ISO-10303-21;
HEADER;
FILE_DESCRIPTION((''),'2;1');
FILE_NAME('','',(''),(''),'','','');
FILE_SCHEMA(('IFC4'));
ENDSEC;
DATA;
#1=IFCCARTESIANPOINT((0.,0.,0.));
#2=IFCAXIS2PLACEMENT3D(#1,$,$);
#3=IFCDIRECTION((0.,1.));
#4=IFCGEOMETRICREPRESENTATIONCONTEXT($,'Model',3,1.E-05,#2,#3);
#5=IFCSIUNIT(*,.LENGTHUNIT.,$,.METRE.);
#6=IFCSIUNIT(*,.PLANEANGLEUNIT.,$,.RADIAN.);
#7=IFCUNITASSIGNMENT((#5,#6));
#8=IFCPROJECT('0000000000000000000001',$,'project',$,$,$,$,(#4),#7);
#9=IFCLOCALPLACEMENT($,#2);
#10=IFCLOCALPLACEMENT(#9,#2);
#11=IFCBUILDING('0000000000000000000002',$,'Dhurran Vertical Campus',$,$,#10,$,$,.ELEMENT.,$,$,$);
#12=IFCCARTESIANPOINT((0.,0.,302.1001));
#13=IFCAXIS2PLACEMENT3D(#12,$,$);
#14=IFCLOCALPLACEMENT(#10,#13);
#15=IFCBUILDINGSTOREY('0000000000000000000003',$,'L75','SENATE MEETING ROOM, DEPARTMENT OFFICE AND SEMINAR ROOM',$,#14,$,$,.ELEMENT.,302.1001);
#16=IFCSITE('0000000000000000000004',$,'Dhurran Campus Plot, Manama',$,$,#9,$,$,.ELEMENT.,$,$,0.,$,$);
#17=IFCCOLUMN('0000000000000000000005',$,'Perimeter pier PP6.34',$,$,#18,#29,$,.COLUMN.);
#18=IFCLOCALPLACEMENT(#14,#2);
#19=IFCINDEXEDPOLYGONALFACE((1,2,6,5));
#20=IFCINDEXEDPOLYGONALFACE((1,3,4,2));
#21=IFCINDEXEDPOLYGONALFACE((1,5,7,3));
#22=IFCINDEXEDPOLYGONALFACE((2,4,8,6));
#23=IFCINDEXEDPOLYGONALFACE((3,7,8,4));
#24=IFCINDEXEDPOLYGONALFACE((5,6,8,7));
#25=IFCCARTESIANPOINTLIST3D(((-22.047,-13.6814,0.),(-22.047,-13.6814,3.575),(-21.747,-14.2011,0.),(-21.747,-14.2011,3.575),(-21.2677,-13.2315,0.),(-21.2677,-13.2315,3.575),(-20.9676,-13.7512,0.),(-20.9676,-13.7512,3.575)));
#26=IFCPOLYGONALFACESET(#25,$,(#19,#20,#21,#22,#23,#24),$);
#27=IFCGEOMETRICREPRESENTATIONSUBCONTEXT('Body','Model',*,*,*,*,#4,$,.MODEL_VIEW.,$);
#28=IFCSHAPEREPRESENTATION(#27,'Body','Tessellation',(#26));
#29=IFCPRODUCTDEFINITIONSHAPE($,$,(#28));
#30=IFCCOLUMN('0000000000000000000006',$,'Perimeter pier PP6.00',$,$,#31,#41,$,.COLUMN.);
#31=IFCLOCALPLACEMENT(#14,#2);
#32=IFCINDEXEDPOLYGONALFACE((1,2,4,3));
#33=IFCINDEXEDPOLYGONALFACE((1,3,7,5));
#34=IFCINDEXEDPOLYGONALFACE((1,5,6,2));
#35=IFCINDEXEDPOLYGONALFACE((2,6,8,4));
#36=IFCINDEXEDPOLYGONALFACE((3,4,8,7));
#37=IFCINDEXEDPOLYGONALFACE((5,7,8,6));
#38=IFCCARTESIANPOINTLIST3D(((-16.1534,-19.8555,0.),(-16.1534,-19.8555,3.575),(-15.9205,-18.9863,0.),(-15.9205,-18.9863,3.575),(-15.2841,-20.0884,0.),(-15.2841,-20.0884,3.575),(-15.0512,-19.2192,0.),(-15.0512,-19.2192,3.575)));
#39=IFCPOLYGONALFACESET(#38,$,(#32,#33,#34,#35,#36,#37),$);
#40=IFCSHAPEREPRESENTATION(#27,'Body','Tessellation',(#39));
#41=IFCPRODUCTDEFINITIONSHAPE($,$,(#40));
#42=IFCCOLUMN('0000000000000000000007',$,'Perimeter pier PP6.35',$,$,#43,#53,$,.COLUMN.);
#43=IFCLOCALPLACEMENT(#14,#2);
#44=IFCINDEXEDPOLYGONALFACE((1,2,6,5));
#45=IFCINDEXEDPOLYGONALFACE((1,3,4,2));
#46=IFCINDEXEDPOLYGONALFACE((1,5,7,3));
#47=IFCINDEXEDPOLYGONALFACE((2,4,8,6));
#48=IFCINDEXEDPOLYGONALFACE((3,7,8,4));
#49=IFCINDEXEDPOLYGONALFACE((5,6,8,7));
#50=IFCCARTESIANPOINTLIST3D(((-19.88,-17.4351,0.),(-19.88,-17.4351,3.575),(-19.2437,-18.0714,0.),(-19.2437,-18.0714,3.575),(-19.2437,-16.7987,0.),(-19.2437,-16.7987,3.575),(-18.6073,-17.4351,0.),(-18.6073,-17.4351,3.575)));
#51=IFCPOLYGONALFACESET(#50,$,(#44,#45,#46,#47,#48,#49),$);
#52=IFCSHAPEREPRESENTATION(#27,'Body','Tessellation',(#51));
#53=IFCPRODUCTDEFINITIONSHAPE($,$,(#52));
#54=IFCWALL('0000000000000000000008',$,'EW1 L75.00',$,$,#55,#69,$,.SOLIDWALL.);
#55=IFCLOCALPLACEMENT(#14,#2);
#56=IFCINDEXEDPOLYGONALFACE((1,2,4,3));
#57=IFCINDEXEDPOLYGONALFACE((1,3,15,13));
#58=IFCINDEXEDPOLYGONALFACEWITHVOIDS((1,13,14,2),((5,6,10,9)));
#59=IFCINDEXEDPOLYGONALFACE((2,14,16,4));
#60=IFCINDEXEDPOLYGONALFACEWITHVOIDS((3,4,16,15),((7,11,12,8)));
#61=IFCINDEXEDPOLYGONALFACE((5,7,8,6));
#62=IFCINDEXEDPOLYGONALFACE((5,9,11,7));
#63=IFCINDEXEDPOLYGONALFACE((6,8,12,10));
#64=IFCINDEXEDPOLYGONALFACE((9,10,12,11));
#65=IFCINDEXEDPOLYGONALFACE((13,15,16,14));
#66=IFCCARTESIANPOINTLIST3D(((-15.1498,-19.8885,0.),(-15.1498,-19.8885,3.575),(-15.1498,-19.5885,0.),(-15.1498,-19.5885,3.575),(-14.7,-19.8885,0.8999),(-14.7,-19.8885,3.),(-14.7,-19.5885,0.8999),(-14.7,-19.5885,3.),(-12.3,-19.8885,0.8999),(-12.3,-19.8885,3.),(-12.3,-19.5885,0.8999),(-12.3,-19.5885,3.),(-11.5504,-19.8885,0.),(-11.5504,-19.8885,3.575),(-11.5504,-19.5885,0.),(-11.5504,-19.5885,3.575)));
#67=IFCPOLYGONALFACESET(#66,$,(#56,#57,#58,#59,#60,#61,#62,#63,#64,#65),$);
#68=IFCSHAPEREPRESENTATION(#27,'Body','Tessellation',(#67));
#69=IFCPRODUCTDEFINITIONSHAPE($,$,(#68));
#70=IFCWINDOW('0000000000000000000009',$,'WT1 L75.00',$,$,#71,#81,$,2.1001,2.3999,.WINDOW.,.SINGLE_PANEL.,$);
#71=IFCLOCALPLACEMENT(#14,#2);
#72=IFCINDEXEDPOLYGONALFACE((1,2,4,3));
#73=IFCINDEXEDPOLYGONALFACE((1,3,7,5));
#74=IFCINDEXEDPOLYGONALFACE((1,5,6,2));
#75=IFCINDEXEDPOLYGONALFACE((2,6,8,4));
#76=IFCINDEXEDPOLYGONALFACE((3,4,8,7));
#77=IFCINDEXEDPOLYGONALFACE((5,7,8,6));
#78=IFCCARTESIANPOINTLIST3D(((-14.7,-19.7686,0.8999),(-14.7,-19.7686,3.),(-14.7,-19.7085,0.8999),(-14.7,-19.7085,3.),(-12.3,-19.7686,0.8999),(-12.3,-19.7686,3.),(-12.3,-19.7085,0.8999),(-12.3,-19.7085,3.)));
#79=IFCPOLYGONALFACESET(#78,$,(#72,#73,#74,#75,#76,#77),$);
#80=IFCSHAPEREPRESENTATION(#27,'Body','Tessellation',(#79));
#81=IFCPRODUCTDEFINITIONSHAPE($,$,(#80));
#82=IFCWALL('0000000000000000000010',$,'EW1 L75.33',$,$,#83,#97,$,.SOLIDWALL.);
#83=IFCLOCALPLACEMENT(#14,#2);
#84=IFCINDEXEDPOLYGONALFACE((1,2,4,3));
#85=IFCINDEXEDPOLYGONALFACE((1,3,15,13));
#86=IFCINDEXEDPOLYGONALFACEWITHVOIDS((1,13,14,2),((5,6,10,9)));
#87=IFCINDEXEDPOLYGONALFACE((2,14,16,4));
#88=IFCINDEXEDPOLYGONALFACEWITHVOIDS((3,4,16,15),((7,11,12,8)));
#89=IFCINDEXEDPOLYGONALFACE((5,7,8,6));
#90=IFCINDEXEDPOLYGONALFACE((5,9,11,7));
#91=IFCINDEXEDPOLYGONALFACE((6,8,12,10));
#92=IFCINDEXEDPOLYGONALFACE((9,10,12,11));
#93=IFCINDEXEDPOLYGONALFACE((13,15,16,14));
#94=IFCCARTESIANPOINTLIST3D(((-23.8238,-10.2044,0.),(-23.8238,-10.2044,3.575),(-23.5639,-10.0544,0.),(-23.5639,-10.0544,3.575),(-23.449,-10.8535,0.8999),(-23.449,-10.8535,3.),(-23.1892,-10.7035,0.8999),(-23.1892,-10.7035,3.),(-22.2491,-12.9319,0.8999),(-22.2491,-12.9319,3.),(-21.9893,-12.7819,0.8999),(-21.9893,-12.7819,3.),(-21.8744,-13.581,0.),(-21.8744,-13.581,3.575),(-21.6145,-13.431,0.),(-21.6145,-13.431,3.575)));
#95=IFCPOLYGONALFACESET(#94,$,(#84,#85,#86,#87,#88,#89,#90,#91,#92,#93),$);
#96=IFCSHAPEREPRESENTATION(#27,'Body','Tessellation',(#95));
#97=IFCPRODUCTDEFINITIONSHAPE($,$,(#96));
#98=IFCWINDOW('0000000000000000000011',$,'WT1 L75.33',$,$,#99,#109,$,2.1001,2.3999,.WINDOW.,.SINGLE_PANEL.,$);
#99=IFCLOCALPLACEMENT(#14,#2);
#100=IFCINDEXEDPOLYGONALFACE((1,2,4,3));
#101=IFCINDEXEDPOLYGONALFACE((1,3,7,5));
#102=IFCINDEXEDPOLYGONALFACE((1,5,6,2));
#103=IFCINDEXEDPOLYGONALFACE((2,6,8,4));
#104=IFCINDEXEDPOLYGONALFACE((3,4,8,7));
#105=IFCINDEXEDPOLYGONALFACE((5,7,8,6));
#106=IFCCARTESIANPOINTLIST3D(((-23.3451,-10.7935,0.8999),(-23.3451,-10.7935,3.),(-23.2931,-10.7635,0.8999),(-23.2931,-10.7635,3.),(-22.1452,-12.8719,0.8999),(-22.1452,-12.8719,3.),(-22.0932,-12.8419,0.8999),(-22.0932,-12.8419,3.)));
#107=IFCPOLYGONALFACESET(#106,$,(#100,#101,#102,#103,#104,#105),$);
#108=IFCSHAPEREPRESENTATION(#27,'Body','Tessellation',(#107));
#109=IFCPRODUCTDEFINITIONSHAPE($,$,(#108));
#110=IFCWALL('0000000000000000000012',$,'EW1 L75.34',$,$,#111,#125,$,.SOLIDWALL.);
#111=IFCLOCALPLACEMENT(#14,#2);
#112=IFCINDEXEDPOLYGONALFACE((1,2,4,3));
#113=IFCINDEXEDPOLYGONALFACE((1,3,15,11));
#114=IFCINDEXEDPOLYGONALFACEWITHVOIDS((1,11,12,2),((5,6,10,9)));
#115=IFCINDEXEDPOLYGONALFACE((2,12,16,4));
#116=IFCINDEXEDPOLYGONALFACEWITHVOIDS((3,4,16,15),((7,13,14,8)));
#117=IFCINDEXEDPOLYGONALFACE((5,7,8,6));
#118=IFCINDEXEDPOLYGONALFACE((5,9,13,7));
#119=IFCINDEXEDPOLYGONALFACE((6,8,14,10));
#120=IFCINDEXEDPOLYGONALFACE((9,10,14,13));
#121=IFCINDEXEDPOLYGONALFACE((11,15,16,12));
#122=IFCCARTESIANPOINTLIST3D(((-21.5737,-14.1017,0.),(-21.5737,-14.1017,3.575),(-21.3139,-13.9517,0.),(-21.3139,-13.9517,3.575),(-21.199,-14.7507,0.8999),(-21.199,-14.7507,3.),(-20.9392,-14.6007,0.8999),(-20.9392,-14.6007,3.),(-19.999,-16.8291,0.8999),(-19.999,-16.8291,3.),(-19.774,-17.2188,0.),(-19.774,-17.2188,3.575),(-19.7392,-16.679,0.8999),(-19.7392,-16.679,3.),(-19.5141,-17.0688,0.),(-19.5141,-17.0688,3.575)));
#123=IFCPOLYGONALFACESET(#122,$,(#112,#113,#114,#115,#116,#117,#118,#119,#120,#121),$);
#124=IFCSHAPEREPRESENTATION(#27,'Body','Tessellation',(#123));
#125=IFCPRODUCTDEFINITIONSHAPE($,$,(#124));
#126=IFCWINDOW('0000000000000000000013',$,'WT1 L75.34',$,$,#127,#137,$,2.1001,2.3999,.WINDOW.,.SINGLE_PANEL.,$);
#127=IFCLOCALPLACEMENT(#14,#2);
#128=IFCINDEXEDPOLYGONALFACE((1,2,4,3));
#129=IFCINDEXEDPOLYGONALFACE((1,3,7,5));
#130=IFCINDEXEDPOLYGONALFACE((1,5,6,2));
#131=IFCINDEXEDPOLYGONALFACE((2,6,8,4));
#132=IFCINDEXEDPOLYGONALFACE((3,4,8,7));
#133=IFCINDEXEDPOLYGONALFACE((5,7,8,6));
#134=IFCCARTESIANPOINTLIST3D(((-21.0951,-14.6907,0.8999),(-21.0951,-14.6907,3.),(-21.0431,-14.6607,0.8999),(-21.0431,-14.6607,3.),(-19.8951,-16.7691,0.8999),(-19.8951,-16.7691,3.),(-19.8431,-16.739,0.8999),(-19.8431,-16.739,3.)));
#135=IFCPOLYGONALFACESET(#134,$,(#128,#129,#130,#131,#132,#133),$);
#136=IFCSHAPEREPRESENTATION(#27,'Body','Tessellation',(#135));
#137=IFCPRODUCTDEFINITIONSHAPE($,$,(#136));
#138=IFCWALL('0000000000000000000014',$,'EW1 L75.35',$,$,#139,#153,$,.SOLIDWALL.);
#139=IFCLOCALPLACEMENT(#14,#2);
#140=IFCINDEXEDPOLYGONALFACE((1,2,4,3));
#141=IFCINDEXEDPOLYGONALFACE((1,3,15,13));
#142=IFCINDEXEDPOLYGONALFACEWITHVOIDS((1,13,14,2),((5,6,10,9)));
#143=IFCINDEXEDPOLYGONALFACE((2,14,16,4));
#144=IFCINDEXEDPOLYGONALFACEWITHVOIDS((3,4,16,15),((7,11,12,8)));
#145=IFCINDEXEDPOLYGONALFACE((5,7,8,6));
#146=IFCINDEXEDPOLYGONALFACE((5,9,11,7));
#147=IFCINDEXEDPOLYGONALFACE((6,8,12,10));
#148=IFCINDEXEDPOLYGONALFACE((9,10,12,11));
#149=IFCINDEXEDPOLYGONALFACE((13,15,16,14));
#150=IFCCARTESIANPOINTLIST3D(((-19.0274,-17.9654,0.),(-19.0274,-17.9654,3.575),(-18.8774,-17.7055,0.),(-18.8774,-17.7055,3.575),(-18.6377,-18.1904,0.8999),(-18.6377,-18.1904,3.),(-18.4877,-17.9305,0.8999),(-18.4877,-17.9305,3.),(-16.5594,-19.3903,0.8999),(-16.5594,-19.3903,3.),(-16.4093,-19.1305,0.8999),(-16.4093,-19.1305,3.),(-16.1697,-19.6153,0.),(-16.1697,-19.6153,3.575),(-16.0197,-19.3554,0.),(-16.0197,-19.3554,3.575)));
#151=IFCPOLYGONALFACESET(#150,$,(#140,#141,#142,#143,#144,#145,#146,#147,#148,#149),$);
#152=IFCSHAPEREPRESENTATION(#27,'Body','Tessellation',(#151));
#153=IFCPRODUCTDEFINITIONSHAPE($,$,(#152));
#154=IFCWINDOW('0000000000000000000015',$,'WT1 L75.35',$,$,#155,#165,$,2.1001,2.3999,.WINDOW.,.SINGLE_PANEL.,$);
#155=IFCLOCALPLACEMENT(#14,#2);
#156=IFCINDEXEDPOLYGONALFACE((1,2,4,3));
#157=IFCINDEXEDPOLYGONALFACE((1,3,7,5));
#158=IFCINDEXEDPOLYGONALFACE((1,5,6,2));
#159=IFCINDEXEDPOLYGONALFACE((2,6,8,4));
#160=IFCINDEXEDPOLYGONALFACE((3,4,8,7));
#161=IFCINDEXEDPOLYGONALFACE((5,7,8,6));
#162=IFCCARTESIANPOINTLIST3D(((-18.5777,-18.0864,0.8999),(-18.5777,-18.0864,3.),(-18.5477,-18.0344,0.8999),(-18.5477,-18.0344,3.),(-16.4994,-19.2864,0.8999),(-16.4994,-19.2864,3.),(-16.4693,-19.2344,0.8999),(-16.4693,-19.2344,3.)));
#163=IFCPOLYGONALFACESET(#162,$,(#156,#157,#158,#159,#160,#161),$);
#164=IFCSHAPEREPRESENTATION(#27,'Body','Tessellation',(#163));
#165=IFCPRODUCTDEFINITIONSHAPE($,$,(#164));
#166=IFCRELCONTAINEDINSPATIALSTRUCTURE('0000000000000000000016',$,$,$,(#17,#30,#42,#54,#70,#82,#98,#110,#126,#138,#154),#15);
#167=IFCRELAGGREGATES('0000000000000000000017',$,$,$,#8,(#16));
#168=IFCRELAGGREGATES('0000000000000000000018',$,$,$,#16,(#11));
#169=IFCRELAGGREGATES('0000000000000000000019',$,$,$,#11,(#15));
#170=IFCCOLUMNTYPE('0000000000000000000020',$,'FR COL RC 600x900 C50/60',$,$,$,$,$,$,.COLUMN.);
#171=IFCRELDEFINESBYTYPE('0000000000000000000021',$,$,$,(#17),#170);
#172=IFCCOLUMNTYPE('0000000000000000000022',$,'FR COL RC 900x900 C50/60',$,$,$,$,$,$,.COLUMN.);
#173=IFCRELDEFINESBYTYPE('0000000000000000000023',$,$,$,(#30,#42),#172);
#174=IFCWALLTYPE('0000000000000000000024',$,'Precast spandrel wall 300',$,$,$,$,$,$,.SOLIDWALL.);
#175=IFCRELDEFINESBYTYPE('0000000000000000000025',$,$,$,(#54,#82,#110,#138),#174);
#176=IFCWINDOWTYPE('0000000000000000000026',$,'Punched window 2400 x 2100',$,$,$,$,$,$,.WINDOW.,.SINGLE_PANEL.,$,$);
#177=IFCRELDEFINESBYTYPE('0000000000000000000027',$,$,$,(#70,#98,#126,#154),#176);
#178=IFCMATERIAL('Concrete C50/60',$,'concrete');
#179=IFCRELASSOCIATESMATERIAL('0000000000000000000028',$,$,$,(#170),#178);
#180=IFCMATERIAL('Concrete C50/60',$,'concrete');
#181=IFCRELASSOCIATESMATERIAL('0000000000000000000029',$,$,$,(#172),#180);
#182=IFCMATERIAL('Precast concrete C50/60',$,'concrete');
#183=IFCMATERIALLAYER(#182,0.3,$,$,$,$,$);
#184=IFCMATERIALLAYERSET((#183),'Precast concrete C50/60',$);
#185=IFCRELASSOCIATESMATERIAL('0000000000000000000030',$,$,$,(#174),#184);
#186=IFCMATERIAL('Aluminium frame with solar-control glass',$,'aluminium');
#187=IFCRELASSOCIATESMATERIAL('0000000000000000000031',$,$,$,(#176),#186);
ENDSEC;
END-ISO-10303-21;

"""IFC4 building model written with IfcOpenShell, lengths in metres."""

from ifc_helpers import new_model, si_unit, direction, frame, frame_2d, origin, origin_2d, place, context, subcontext, project, spatial, rectangle, extrude, material, layer, layer_set, material_profile, profile_set, type_object, element, fill, save


model = new_model("IFC4")

# Units and contexts
model_context = context("Model", 3, precision=1e-05, world=origin(), true_north=direction((0.0, 1.0)))
body_context = subcontext(model_context, "Body", "Model", "MODEL_VIEW")
ifc_project = project(units=[si_unit("LENGTHUNIT", "METRE"), si_unit("PLANEANGLEUNIT", "RADIAN")], contexts=[model_context])

# Site, building, storey
site_placement = place(None, origin())
site = spatial("IfcSite", under=ifc_project, at=site_placement, Name="Dhurran Campus Plot, Manama", CompositionType="ELEMENT", RefElevation=0.0)
building_placement = place(site_placement, origin())
building = spatial("IfcBuilding", under=site, at=building_placement, Name="Dhurran Vertical Campus", CompositionType="ELEMENT")
storey_placement = place(building_placement, frame((0.0, 0.0, 302.1001)))
storey = spatial("IfcBuildingStorey", under=building, at=storey_placement, Name="L75", Description="SENATE MEETING ROOM, DEPARTMENT OFFICE AND SEMINAR ROOM", CompositionType="ELEMENT", Elevation=302.1001)

# Columns
ifc_material_1 = material(Name="Concrete C50/60", Category="concrete")
ifc_material_profile_1 = material_profile(ifc_material_1, rectangle(XDim=0.6001, YDim=0.8999, at=origin_2d()), Name="RC 600x900")
ifc_profile_set_1 = profile_set([ifc_material_profile_1], Name="Concrete C50/60")
column_type_1 = type_object("IfcColumnType", Name="FR COL RC 600x900 C50/60", PredefinedType="COLUMN", material=ifc_profile_set_1)
column_placement = place(storey_placement, frame((-21.5073, -13.7163, 0.0), z_axis=(0.0, 0.0, 1.0), x_axis=(0.5, -0.866025, 0.0)))
element("IfcColumn", 1, at=column_placement, inside=storey, type_object=column_type_1, Name="Perimeter pier PP6.34", PredefinedType="COLUMN", context=body_context, shape_type="SweptSolid", body=[
    extrude(rectangle(XDim=0.6001, YDim=0.8999, at=origin_2d()), origin(), (0.0, 0.0, 1.0), 3.575),
])
ifc_material_2 = material(Name="Concrete C50/60", Category="concrete")
ifc_material_profile_2 = material_profile(ifc_material_2, rectangle(XDim=0.8999, YDim=0.8999, at=origin_2d()), Name="RC 900x900")
ifc_profile_set_2 = profile_set([ifc_material_profile_2], Name="Concrete C50/60")
column_type_2 = type_object("IfcColumnType", Name="FR COL RC 900x900 C50/60", PredefinedType="COLUMN", material=ifc_profile_set_2)
for number, where, z_axis, x_axis, name in (
    (2, (-15.6023, -19.5374, 0.0), (0.0, 0.0, 1.0), (0.965926, -0.258819, 0.0), "Perimeter pier PP6.00"),
    (3, (-19.2437, -17.4351, 0.0), (0.0, 0.0, 1.0), (0.707107, -0.707107, 0.0), "Perimeter pier PP6.35"),
):
    element("IfcColumn", number, at=place(storey_placement, frame(where, z_axis=z_axis, x_axis=x_axis)), inside=storey, type_object=column_type_2, Name=name, PredefinedType="COLUMN", context=body_context, shape_type="SweptSolid", body=[
        extrude(rectangle(XDim=0.8999, YDim=0.8999, at=origin_2d()), origin(), (0.0, 0.0, 1.0), 3.575),
    ])

# Walls, openings, windows
ifc_material_3 = material(Name="Precast concrete C50/60", Category="concrete")
ifc_layer_1 = layer(ifc_material_3, 0.3)
ifc_layer_set_1 = layer_set([ifc_layer_1], Name="Precast concrete C50/60")
wall_type_1 = type_object("IfcWallType", Name="Precast spandrel wall 300", PredefinedType="SOLIDWALL", material=ifc_layer_set_1)
wall_1_placement = place(storey_placement, frame((-15.1499, -19.7385, 0.0), z_axis=(0.0, 0.0, 1.0), x_axis=(1.0, 0.0, 0.0)))
wall_1 = element("IfcWall", 4, at=wall_1_placement, inside=storey, type_object=wall_type_1, Name="EW1 L75.00", PredefinedType="SOLIDWALL", context=body_context, shape_type="SweptSolid", body=[
    extrude(rectangle(XDim=3.5994, YDim=0.3, at=frame_2d((1.7998, 0.0))), origin(), (0.0, 0.0, 1.0), 3.575),
])
opening_1_placement = place(wall_1_placement, frame((0.45, 0.0, 0.8999)))
opening_1 = element("IfcOpeningElement", 5, at=opening_1_placement, cuts=wall_1, PredefinedType="OPENING", context=body_context, shape_type="SweptSolid", body=[
    extrude(rectangle(XDim=2.3999, YDim=2.1001, at=frame_2d((1.2, 1.05))), frame((0.0, 0.1599, 0.0), z_axis=(0.0, -1.0, 0.0), x_axis=(1.0, 0.0, 0.0)), (0.0, 0.0, 1.0), 0.3201),
])
ifc_material_4 = material(Name="Aluminium frame with solar-control glass", Category="aluminium")
window_type = type_object("IfcWindowType", Name="Punched window 2400 x 2100", PartitioningType="SINGLE_PANEL", PredefinedType="WINDOW", material=ifc_material_4)
window_1_placement = place(opening_1_placement, origin())
window_1 = element("IfcWindow", 6, at=window_1_placement, inside=storey, type_object=window_type, Name="WT1 L75.00", OverallHeight=2.1001, OverallWidth=2.3999, PartitioningType="SINGLE_PANEL", PredefinedType="WINDOW", context=body_context, shape_type="SweptSolid", body=[
    extrude(rectangle(XDim=2.3999, YDim=2.1001, at=frame_2d((1.2, 1.05))), frame((0.0, 0.03, 0.0), z_axis=(0.0, -1.0, 0.0), x_axis=(1.0, 0.0, 0.0)), (0.0, 0.0, 1.0), 0.0601),
])
fill(opening_1, window_1)
wall_2_placement = place(storey_placement, frame((-23.6938, -10.1294, 0.0), z_axis=(0.0, 0.0, 1.0), x_axis=(0.499984, -0.866034, 0.0)))
wall_2 = element("IfcWall", 7, at=wall_2_placement, inside=storey, type_object=wall_type_1, Name="EW1 L75.33", PredefinedType="SOLIDWALL", context=body_context, shape_type="SweptSolid", body=[
    extrude(rectangle(XDim=3.8989, YDim=0.3, at=frame_2d((1.9495, 0.0))), origin(), (0.0, 0.0, 1.0), 3.575),
])
opening_2_placement = place(wall_2_placement, frame((0.7495, 0.0, 0.8999)))
opening_2 = element("IfcOpeningElement", 8, at=opening_2_placement, cuts=wall_2, PredefinedType="OPENING", context=body_context, shape_type="SweptSolid", body=[
    extrude(rectangle(XDim=2.3999, YDim=2.1001, at=frame_2d((1.2, 1.05))), frame((0.0, 0.1599, 0.0), z_axis=(0.0, -1.0, 0.0), x_axis=(1.0, 0.0, 0.0)), (0.0, 0.0, 1.0), 0.3201),
])
window_2_placement = place(opening_2_placement, origin())
window_2 = element("IfcWindow", 9, at=window_2_placement, inside=storey, type_object=window_type, Name="WT1 L75.33", OverallHeight=2.1001, OverallWidth=2.3999, PartitioningType="SINGLE_PANEL", PredefinedType="WINDOW", context=body_context, shape_type="SweptSolid", body=[
    extrude(rectangle(XDim=2.3999, YDim=2.1001, at=frame_2d((1.2, 1.05))), frame((0.0, 0.03, 0.0), z_axis=(0.0, -1.0, 0.0), x_axis=(1.0, 0.0, 0.0)), (0.0, 0.0, 1.0), 0.0601),
])
fill(opening_2, window_2)
wall_3_placement = place(storey_placement, frame((-21.4438, -14.0266, 0.0), z_axis=(0.0, 0.0, 1.0), x_axis=(0.50002, -0.866014, 0.0)))
wall_3 = element("IfcWall", 10, at=wall_3_placement, inside=storey, type_object=wall_type_1, Name="EW1 L75.34", PredefinedType="SOLIDWALL", context=body_context, shape_type="SweptSolid", body=[
    extrude(rectangle(XDim=3.5994, YDim=0.3, at=frame_2d((1.7998, 0.0))), origin(), (0.0, 0.0, 1.0), 3.575),
])
opening_3_placement = place(wall_3_placement, frame((0.7495, 0.0, 0.8999)))
opening_3 = element("IfcOpeningElement", 11, at=opening_3_placement, cuts=wall_3, PredefinedType="OPENING", context=body_context, shape_type="SweptSolid", body=[
    extrude(rectangle(XDim=2.3999, YDim=2.1001, at=frame_2d((1.2, 1.05))), frame((0.0, 0.1599, 0.0), z_axis=(0.0, -1.0, 0.0), x_axis=(1.0, 0.0, 0.0)), (0.0, 0.0, 1.0), 0.3201),
])
window_3_placement = place(opening_3_placement, origin())
window_3 = element("IfcWindow", 12, at=window_3_placement, inside=storey, type_object=window_type, Name="WT1 L75.34", OverallHeight=2.1001, OverallWidth=2.3999, PartitioningType="SINGLE_PANEL", PredefinedType="WINDOW", context=body_context, shape_type="SweptSolid", body=[
    extrude(rectangle(XDim=2.3999, YDim=2.1001, at=frame_2d((1.2, 1.05))), frame((0.0, 0.03, 0.0), z_axis=(0.0, -1.0, 0.0), x_axis=(1.0, 0.0, 0.0)), (0.0, 0.0, 1.0), 0.0601),
])
fill(opening_3, window_3)
wall_4_placement = place(storey_placement, frame((-18.9524, -17.8354, 0.0), z_axis=(0.0, 0.0, 1.0), x_axis=(0.866022, -0.500006, 0.0)))
wall_4 = element("IfcWall", 13, at=wall_4_placement, inside=storey, type_object=wall_type_1, Name="EW1 L75.35", PredefinedType="SOLIDWALL", context=body_context, shape_type="SweptSolid", body=[
    extrude(rectangle(XDim=3.2998, YDim=0.3, at=frame_2d((1.6499, 0.0))), origin(), (0.0, 0.0, 1.0), 3.575),
])
opening_4_placement = place(wall_4_placement, frame((0.45, 0.0, 0.8999)))
opening_4 = element("IfcOpeningElement", 14, at=opening_4_placement, cuts=wall_4, PredefinedType="OPENING", context=body_context, shape_type="SweptSolid", body=[
    extrude(rectangle(XDim=2.3999, YDim=2.1001, at=frame_2d((1.2, 1.05))), frame((0.0, 0.1599, 0.0), z_axis=(0.0, -1.0, 0.0), x_axis=(1.0, 0.0, 0.0)), (0.0, 0.0, 1.0), 0.3201),
])
window_4_placement = place(opening_4_placement, origin())
window_4 = element("IfcWindow", 15, at=window_4_placement, inside=storey, type_object=window_type, Name="WT1 L75.35", OverallHeight=2.1001, OverallWidth=2.3999, PartitioningType="SINGLE_PANEL", PredefinedType="WINDOW", context=body_context, shape_type="SweptSolid", body=[
    extrude(rectangle(XDim=2.3999, YDim=2.1001, at=frame_2d((1.2, 1.05))), frame((0.0, 0.03, 0.0), z_axis=(0.0, -1.0, 0.0), x_axis=(1.0, 0.0, 0.0)), (0.0, 0.0, 1.0), 0.0601),
])
fill(opening_4, window_4)

save(model, "model.ifc")
